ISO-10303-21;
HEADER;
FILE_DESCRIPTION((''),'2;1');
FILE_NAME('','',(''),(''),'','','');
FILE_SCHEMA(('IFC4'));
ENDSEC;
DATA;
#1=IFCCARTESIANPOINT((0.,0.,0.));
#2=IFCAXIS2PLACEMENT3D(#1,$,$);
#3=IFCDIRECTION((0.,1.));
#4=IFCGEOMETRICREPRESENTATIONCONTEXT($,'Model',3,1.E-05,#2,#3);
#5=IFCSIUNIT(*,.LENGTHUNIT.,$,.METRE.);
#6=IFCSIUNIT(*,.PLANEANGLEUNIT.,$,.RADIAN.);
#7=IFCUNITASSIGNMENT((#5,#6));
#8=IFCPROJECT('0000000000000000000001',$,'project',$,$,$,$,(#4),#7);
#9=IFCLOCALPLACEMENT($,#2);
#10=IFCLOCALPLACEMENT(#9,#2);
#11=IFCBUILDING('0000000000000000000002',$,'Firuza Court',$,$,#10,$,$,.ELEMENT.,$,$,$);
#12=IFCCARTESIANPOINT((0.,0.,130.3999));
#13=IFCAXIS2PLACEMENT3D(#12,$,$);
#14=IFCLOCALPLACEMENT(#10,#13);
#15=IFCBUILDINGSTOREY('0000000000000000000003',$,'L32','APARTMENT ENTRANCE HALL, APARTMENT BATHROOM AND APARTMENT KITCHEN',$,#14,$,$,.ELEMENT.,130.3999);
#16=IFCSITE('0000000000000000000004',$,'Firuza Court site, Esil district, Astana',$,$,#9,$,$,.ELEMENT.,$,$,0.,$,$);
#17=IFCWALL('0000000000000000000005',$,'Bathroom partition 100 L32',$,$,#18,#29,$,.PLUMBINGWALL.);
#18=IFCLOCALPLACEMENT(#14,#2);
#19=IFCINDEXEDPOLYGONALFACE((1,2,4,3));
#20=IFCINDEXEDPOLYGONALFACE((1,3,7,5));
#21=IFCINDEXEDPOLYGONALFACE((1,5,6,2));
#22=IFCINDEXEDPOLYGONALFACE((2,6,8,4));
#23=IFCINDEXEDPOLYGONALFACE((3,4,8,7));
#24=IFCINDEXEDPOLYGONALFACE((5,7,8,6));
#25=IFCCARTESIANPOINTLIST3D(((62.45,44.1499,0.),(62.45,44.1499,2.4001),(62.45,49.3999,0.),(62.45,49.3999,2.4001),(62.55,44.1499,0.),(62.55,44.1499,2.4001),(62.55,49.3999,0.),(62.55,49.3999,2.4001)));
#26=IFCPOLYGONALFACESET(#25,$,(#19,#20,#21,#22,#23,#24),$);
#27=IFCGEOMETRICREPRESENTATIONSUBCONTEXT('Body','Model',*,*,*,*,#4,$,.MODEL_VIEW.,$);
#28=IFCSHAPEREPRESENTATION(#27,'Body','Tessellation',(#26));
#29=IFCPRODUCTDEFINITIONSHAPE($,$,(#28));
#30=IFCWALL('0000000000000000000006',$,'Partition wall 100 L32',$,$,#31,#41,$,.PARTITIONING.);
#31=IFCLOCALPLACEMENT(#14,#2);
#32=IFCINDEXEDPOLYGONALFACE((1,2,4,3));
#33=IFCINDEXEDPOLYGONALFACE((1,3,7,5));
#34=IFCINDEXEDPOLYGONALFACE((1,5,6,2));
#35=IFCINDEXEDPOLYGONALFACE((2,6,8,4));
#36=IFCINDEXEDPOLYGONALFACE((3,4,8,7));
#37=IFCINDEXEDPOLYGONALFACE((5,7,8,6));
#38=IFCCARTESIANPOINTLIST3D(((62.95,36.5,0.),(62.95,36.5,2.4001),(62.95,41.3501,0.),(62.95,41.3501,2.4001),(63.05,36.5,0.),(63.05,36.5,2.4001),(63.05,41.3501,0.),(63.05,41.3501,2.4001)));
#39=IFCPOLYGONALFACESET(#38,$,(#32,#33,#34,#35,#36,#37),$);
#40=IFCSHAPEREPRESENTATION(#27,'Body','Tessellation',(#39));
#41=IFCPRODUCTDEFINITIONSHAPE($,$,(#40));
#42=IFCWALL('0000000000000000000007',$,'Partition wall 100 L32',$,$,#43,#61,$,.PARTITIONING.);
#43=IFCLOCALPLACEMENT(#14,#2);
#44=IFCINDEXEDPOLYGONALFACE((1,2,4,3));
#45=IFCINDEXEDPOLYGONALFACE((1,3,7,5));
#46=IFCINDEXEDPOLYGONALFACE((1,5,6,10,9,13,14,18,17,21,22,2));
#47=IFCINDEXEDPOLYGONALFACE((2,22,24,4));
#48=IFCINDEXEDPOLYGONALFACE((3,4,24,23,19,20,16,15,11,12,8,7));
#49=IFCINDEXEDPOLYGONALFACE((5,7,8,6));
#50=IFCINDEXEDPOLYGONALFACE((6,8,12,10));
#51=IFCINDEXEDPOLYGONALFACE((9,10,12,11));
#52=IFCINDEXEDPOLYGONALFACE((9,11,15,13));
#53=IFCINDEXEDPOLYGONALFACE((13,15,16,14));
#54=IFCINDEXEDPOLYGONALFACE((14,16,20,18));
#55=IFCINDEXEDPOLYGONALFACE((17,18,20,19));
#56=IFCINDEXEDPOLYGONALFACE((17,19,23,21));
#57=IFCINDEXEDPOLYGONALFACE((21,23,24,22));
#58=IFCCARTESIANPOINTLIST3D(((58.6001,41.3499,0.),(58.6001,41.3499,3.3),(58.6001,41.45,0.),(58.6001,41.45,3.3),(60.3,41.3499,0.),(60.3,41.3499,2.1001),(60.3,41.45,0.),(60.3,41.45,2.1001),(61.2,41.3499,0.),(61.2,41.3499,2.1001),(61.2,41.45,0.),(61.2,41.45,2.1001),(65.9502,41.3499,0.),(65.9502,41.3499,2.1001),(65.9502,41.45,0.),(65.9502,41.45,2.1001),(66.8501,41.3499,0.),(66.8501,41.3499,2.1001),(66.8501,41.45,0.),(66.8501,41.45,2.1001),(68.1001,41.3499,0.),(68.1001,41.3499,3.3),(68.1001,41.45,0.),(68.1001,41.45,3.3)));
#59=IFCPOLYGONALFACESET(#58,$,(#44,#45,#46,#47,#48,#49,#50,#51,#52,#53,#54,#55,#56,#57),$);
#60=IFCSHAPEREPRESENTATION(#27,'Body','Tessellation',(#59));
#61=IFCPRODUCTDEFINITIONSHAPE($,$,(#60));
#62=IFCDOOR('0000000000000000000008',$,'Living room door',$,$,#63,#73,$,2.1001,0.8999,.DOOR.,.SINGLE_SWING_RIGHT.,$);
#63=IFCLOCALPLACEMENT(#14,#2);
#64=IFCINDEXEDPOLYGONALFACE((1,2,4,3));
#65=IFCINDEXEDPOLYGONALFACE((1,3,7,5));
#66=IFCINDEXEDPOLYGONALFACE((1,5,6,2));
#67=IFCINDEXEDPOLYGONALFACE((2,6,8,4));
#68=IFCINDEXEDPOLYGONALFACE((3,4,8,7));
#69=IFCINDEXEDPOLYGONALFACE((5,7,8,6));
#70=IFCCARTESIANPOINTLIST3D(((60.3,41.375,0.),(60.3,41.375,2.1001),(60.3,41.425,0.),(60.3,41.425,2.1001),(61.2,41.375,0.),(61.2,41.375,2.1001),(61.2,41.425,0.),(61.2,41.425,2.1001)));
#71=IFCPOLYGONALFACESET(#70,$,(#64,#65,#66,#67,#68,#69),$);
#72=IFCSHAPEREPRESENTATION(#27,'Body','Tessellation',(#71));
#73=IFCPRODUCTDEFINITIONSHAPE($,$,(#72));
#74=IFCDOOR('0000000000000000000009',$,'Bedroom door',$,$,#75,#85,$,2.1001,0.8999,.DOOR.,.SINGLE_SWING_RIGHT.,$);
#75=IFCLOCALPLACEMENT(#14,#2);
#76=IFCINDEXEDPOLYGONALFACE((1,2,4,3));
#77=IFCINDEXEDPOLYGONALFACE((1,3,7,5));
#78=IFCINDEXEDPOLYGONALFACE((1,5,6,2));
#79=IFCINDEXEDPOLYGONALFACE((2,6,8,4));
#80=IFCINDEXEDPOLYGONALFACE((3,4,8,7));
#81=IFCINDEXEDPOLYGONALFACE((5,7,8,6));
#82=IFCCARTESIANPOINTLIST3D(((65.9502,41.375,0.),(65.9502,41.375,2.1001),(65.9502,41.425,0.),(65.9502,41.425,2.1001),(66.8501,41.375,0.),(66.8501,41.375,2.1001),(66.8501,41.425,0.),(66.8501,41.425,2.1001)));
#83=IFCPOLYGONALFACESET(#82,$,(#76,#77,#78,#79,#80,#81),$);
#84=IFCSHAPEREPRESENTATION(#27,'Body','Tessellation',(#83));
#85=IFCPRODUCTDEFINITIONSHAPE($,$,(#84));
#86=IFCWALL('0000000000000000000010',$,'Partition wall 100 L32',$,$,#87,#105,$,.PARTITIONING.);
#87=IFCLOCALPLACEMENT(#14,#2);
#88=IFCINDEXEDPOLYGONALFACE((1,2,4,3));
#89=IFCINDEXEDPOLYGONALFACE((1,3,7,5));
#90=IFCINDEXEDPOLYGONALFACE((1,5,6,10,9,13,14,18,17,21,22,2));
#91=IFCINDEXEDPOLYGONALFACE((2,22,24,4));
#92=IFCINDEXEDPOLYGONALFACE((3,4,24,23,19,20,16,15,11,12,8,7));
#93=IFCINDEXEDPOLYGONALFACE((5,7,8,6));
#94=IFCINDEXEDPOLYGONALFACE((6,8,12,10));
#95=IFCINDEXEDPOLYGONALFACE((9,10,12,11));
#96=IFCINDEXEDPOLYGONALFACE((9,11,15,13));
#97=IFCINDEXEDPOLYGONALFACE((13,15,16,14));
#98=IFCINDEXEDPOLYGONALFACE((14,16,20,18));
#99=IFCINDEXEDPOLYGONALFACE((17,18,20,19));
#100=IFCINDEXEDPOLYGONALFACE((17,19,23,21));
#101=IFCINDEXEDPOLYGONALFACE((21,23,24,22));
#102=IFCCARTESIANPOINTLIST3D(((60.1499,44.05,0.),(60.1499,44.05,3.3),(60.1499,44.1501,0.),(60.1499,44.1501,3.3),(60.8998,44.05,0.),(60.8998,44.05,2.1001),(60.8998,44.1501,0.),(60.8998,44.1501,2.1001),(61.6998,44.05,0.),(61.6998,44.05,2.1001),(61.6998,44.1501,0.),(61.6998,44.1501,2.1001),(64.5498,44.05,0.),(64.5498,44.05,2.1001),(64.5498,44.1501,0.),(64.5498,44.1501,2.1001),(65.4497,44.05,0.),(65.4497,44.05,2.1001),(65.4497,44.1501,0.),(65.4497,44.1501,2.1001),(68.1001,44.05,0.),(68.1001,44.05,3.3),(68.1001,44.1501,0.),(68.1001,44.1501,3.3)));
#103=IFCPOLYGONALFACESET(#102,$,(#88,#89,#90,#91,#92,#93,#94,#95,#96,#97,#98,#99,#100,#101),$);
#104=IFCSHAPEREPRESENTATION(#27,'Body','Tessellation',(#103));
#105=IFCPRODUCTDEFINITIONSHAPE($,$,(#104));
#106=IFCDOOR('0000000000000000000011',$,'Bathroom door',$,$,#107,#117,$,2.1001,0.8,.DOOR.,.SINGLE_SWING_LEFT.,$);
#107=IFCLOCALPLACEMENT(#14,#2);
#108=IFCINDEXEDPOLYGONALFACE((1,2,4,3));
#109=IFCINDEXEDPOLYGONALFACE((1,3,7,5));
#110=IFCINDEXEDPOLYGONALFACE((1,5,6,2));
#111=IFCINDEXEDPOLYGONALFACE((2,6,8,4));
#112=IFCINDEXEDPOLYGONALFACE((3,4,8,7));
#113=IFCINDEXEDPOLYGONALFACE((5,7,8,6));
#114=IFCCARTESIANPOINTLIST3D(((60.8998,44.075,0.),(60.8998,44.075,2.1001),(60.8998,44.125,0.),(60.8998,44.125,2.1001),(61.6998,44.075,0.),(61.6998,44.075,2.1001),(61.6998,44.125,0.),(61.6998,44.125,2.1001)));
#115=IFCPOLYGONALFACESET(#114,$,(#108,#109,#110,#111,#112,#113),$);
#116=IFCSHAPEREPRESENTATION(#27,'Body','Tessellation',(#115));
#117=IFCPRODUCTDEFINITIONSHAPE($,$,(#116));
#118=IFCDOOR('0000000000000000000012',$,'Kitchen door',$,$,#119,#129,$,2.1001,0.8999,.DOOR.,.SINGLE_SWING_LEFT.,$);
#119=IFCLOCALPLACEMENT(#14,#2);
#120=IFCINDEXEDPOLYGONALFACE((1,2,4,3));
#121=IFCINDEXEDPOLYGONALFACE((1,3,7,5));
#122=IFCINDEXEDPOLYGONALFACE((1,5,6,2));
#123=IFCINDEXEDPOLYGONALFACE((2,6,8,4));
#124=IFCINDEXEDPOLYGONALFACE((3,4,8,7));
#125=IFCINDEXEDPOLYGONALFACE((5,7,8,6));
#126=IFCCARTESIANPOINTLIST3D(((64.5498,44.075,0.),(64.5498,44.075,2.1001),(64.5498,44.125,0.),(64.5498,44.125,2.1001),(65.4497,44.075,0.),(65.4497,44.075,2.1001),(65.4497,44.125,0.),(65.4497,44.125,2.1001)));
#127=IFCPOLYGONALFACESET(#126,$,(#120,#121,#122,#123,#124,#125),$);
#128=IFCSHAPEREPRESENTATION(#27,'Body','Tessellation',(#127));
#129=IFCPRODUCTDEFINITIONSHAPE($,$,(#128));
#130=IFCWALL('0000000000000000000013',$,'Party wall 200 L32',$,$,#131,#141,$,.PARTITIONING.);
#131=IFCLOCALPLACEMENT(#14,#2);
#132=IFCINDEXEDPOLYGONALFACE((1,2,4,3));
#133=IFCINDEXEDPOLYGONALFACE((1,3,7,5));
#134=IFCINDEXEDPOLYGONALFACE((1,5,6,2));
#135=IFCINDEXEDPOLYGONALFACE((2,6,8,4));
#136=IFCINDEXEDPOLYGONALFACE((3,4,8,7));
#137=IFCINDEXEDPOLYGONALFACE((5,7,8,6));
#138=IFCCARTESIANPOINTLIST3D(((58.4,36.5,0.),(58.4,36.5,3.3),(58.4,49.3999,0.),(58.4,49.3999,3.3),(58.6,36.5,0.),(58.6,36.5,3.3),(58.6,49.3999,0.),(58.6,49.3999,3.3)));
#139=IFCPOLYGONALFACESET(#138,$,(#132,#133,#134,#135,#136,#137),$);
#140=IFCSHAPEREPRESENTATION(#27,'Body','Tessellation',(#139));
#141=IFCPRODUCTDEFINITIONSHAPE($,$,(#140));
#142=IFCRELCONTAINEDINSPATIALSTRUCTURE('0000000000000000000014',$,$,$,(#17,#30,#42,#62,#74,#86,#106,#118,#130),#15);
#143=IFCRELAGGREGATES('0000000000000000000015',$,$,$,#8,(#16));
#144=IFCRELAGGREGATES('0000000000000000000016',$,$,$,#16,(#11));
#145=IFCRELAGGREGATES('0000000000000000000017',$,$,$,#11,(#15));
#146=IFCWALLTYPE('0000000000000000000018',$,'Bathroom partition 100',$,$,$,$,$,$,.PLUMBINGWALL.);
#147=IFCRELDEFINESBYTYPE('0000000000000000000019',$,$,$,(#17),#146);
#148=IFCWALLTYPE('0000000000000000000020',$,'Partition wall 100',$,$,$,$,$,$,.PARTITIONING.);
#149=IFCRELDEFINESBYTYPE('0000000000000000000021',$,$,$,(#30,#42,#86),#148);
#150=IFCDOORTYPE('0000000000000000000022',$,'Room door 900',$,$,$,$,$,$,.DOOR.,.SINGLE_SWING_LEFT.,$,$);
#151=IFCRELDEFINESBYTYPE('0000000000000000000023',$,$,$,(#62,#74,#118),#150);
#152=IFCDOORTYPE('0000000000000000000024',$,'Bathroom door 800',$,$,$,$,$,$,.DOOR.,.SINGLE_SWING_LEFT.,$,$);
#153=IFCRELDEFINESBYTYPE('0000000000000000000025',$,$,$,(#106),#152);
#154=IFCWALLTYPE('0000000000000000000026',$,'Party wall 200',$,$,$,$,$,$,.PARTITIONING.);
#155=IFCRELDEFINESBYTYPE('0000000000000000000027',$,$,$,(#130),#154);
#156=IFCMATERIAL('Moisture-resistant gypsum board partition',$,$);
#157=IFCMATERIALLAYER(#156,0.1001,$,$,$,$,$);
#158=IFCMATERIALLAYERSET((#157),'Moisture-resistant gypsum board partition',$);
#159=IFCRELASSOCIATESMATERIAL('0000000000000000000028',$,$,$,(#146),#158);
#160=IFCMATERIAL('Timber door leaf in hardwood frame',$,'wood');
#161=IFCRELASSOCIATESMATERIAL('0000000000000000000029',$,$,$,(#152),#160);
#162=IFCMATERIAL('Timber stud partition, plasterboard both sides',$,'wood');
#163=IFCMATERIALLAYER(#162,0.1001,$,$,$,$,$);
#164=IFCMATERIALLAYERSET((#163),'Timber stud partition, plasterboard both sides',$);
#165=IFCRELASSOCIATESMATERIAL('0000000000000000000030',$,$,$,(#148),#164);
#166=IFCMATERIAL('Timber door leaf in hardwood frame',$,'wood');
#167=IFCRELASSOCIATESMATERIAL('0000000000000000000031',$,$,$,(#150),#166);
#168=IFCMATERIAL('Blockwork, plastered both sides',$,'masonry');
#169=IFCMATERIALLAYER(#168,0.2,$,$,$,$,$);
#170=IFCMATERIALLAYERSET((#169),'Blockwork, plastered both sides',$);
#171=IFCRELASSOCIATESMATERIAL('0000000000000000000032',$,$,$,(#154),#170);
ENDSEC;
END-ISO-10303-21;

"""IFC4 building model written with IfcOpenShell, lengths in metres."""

from ifc_helpers import new_model, si_unit, direction, frame, frame_2d, origin, place, context, subcontext, project, spatial, rectangle, extrude, material, layer, layer_set, type_object, element, fill, save


model = new_model("IFC4")

# Units and contexts
model_context = context("Model", 3, precision=1e-05, world=origin(), true_north=direction((0.0, 1.0)))
body_context = subcontext(model_context, "Body", "Model", "MODEL_VIEW")
ifc_project = project(units=[si_unit("LENGTHUNIT", "METRE"), si_unit("PLANEANGLEUNIT", "RADIAN")], contexts=[model_context])

# Site, building, storey
site_placement = place(None, origin())
site = spatial("IfcSite", under=ifc_project, at=site_placement, Name="Firuza Court site, Esil district, Astana", CompositionType="ELEMENT", RefElevation=0.0)
building_placement = place(site_placement, origin())
building = spatial("IfcBuilding", under=site, at=building_placement, Name="Firuza Court", CompositionType="ELEMENT")
storey_placement = place(building_placement, frame((0.0, 0.0, 130.3999)))
storey = spatial("IfcBuildingStorey", under=building, at=storey_placement, Name="L32", Description="APARTMENT ENTRANCE HALL, APARTMENT BATHROOM AND APARTMENT KITCHEN", CompositionType="ELEMENT", Elevation=130.3999)

# Shared definitions
ifc_material_1 = material(Name="Moisture-resistant gypsum board partition")
ifc_layer_1 = layer(ifc_material_1, 0.1001)
ifc_layer_set_1 = layer_set([ifc_layer_1], Name="Moisture-resistant gypsum board partition")
wall_type_1 = type_object("IfcWallType", Name="Bathroom partition 100", PredefinedType="PLUMBINGWALL", material=ifc_layer_set_1)

# Shared definitions
ifc_material_2 = material(Name="Timber door leaf in hardwood frame", Category="wood")
door_type_1 = type_object("IfcDoorType", Name="Bathroom door 800", OperationType="SINGLE_SWING_LEFT", PredefinedType="DOOR", material=ifc_material_2)

# Walls
wall_1_placement = place(storey_placement, frame((62.5, 44.1499, 0.0), z_axis=(0.0, 0.0, 1.0), x_axis=(0.0, 1.0, 0.0)))
element("IfcWall", 1, at=wall_1_placement, inside=storey, type_object=wall_type_1, Name="Bathroom partition 100 L32", PredefinedType="PLUMBINGWALL", context=body_context, shape_type="SweptSolid", body=[
    extrude(rectangle(XDim=5.25, YDim=0.1001, at=frame_2d((2.625, 0.0))), origin(), (0.0, 0.0, 1.0), 2.4001),
])
ifc_material_3 = material(Name="Timber stud partition, plasterboard both sides", Category="wood")
ifc_layer_2 = layer(ifc_material_3, 0.1001)
ifc_layer_set_2 = layer_set([ifc_layer_2], Name="Timber stud partition, plasterboard both sides")
wall_type_2 = type_object("IfcWallType", Name="Partition wall 100", PredefinedType="PARTITIONING", material=ifc_layer_set_2)
wall_2_placement = place(storey_placement, frame((63.0, 36.5, 0.0), z_axis=(0.0, 0.0, 1.0), x_axis=(0.0, 1.0, 0.0)))
element("IfcWall", 2, at=wall_2_placement, inside=storey, type_object=wall_type_2, Name="Partition wall 100 L32", PredefinedType="PARTITIONING", context=body_context, shape_type="SweptSolid", body=[
    extrude(rectangle(XDim=4.8501, YDim=0.1001, at=frame_2d((2.425, 0.0))), origin(), (0.0, 0.0, 1.0), 2.4001),
])

# Walls, openings, doors
wall_3_placement = place(storey_placement, frame((58.6001, 41.3999, 0.0), z_axis=(0.0, 0.0, 1.0), x_axis=(1.0, 0.0, 0.0)))
wall_3 = element("IfcWall", 3, at=wall_3_placement, inside=storey, type_object=wall_type_2, Name="Partition wall 100 L32", PredefinedType="PARTITIONING", context=body_context, shape_type="SweptSolid", body=[
    extrude(rectangle(XDim=9.5, YDim=0.1001, at=frame_2d((4.75, 0.0))), origin(), (0.0, 0.0, 1.0), 3.3),
])
opening_1_placement = place(wall_3_placement, frame((1.7, 0.0, 0.0)))
opening_1 = element("IfcOpeningElement", 4, at=opening_1_placement, cuts=wall_3, PredefinedType="OPENING", context=body_context, shape_type="SweptSolid", body=[
    extrude(rectangle(XDim=0.8999, YDim=2.1001, at=frame_2d((0.45, 1.05))), frame((0.0, 0.062, 0.0), z_axis=(0.0, -1.0, 0.0), x_axis=(1.0, 0.0, 0.0)), (0.0, 0.0, 1.0), 0.124),
])
opening_2_placement = place(wall_3_placement, frame((7.3501, 0.0, 0.0)))
opening_2 = element("IfcOpeningElement", 5, at=opening_2_placement, cuts=wall_3, PredefinedType="OPENING", context=body_context, shape_type="SweptSolid", body=[
    extrude(rectangle(XDim=0.8999, YDim=2.1001, at=frame_2d((0.45, 1.05))), frame((0.0, 0.062, 0.0), z_axis=(0.0, -1.0, 0.0), x_axis=(1.0, 0.0, 0.0)), (0.0, 0.0, 1.0), 0.124),
])
ifc_material_4 = material(Name="Timber door leaf in hardwood frame", Category="wood")
door_type_2 = type_object("IfcDoorType", Name="Room door 900", OperationType="SINGLE_SWING_LEFT", PredefinedType="DOOR", material=ifc_material_4)
door_1_placement = place(opening_1_placement, frame((0.8999, 0.0, 0.0), z_axis=(0.0, 0.0, 1.0), x_axis=(-1.0, 0.0, 0.0)))
door_1 = element("IfcDoor", 6, at=door_1_placement, inside=storey, type_object=door_type_2, Name="Living room door", OperationType="SINGLE_SWING_RIGHT", OverallHeight=2.1001, OverallWidth=0.8999, PredefinedType="DOOR", context=body_context, shape_type="SweptSolid", body=[
    extrude(rectangle(XDim=0.8999, YDim=2.1001, at=frame_2d((0.45, 1.05))), frame((0.0, 0.0249, 0.0), z_axis=(0.0, -1.0, 0.0), x_axis=(1.0, 0.0, 0.0)), (0.0, 0.0, 1.0), 0.05),
])
fill(opening_1, door_1)
door_2_placement = place(opening_2_placement, frame((0.8999, 0.0, 0.0), z_axis=(0.0, 0.0, 1.0), x_axis=(-1.0, 0.0, 0.0)))
door_2 = element("IfcDoor", 7, at=door_2_placement, inside=storey, type_object=door_type_2, Name="Bedroom door", OperationType="SINGLE_SWING_RIGHT", OverallHeight=2.1001, OverallWidth=0.8999, PredefinedType="DOOR", context=body_context, shape_type="SweptSolid", body=[
    extrude(rectangle(XDim=0.8999, YDim=2.1001, at=frame_2d((0.45, 1.05))), frame((0.0, 0.0249, 0.0), z_axis=(0.0, -1.0, 0.0), x_axis=(1.0, 0.0, 0.0)), (0.0, 0.0, 1.0), 0.05),
])
fill(opening_2, door_2)
wall_4_placement = place(storey_placement, frame((60.1499, 44.1001, 0.0), z_axis=(0.0, 0.0, 1.0), x_axis=(1.0, 0.0, 0.0)))
wall_4 = element("IfcWall", 8, at=wall_4_placement, inside=storey, type_object=wall_type_2, Name="Partition wall 100 L32", PredefinedType="PARTITIONING", context=body_context, shape_type="SweptSolid", body=[
    extrude(rectangle(XDim=7.9502, YDim=0.1001, at=frame_2d((3.9751, 0.0))), origin(), (0.0, 0.0, 1.0), 3.3),
])
opening_3_placement = place(wall_4_placement, frame((0.75, 0.0, 0.0)))
opening_3 = element("IfcOpeningElement", 9, at=opening_3_placement, cuts=wall_4, PredefinedType="OPENING", context=body_context, shape_type="SweptSolid", body=[
    extrude(rectangle(XDim=0.8, YDim=2.1001, at=frame_2d((0.3999, 1.05))), frame((0.0, 0.062, 0.0), z_axis=(0.0, -1.0, 0.0), x_axis=(1.0, 0.0, 0.0)), (0.0, 0.0, 1.0), 0.124),
])
opening_4_placement = place(wall_4_placement, frame((4.3999, 0.0, 0.0)))
opening_4 = element("IfcOpeningElement", 10, at=opening_4_placement, cuts=wall_4, PredefinedType="OPENING", context=body_context, shape_type="SweptSolid", body=[
    extrude(rectangle(XDim=0.8999, YDim=2.1001, at=frame_2d((0.45, 1.05))), frame((0.0, 0.062, 0.0), z_axis=(0.0, -1.0, 0.0), x_axis=(1.0, 0.0, 0.0)), (0.0, 0.0, 1.0), 0.124),
])
door_3_placement = place(opening_3_placement, origin())
door_3 = element("IfcDoor", 11, at=door_3_placement, inside=storey, type_object=door_type_1, Name="Bathroom door", OperationType="SINGLE_SWING_LEFT", OverallHeight=2.1001, OverallWidth=0.8, PredefinedType="DOOR", context=body_context, shape_type="SweptSolid", body=[
    extrude(rectangle(XDim=0.8, YDim=2.1001, at=frame_2d((0.3999, 1.05))), frame((0.0, 0.0249, 0.0), z_axis=(0.0, -1.0, 0.0), x_axis=(1.0, 0.0, 0.0)), (0.0, 0.0, 1.0), 0.05),
])
fill(opening_3, door_3)
door_4_placement = place(opening_4_placement, origin())
door_4 = element("IfcDoor", 12, at=door_4_placement, inside=storey, type_object=door_type_2, Name="Kitchen door", OperationType="SINGLE_SWING_LEFT", OverallHeight=2.1001, OverallWidth=0.8999, PredefinedType="DOOR", context=body_context, shape_type="SweptSolid", body=[
    extrude(rectangle(XDim=0.8999, YDim=2.1001, at=frame_2d((0.45, 1.05))), frame((0.0, 0.0249, 0.0), z_axis=(0.0, -1.0, 0.0), x_axis=(1.0, 0.0, 0.0)), (0.0, 0.0, 1.0), 0.05),
])
fill(opening_4, door_4)

# Wall
ifc_material_5 = material(Name="Blockwork, plastered both sides", Category="masonry")
ifc_layer_3 = layer(ifc_material_5, 0.2)
ifc_layer_set_3 = layer_set([ifc_layer_3], Name="Blockwork, plastered both sides")
wall_type_3 = type_object("IfcWallType", Name="Party wall 200", PredefinedType="PARTITIONING", material=ifc_layer_set_3)
wall_5_placement = place(storey_placement, frame((58.5, 36.5, 0.0), z_axis=(0.0, 0.0, 1.0), x_axis=(0.0, 1.0, 0.0)))
element("IfcWall", 13, at=wall_5_placement, inside=storey, type_object=wall_type_3, Name="Party wall 200 L32", PredefinedType="PARTITIONING", context=body_context, shape_type="SweptSolid", body=[
    extrude(rectangle(XDim=12.8999, YDim=0.2, at=frame_2d((6.45, 0.0))), origin(), (0.0, 0.0, 1.0), 3.3),
])

save(model, "model.ifc")
